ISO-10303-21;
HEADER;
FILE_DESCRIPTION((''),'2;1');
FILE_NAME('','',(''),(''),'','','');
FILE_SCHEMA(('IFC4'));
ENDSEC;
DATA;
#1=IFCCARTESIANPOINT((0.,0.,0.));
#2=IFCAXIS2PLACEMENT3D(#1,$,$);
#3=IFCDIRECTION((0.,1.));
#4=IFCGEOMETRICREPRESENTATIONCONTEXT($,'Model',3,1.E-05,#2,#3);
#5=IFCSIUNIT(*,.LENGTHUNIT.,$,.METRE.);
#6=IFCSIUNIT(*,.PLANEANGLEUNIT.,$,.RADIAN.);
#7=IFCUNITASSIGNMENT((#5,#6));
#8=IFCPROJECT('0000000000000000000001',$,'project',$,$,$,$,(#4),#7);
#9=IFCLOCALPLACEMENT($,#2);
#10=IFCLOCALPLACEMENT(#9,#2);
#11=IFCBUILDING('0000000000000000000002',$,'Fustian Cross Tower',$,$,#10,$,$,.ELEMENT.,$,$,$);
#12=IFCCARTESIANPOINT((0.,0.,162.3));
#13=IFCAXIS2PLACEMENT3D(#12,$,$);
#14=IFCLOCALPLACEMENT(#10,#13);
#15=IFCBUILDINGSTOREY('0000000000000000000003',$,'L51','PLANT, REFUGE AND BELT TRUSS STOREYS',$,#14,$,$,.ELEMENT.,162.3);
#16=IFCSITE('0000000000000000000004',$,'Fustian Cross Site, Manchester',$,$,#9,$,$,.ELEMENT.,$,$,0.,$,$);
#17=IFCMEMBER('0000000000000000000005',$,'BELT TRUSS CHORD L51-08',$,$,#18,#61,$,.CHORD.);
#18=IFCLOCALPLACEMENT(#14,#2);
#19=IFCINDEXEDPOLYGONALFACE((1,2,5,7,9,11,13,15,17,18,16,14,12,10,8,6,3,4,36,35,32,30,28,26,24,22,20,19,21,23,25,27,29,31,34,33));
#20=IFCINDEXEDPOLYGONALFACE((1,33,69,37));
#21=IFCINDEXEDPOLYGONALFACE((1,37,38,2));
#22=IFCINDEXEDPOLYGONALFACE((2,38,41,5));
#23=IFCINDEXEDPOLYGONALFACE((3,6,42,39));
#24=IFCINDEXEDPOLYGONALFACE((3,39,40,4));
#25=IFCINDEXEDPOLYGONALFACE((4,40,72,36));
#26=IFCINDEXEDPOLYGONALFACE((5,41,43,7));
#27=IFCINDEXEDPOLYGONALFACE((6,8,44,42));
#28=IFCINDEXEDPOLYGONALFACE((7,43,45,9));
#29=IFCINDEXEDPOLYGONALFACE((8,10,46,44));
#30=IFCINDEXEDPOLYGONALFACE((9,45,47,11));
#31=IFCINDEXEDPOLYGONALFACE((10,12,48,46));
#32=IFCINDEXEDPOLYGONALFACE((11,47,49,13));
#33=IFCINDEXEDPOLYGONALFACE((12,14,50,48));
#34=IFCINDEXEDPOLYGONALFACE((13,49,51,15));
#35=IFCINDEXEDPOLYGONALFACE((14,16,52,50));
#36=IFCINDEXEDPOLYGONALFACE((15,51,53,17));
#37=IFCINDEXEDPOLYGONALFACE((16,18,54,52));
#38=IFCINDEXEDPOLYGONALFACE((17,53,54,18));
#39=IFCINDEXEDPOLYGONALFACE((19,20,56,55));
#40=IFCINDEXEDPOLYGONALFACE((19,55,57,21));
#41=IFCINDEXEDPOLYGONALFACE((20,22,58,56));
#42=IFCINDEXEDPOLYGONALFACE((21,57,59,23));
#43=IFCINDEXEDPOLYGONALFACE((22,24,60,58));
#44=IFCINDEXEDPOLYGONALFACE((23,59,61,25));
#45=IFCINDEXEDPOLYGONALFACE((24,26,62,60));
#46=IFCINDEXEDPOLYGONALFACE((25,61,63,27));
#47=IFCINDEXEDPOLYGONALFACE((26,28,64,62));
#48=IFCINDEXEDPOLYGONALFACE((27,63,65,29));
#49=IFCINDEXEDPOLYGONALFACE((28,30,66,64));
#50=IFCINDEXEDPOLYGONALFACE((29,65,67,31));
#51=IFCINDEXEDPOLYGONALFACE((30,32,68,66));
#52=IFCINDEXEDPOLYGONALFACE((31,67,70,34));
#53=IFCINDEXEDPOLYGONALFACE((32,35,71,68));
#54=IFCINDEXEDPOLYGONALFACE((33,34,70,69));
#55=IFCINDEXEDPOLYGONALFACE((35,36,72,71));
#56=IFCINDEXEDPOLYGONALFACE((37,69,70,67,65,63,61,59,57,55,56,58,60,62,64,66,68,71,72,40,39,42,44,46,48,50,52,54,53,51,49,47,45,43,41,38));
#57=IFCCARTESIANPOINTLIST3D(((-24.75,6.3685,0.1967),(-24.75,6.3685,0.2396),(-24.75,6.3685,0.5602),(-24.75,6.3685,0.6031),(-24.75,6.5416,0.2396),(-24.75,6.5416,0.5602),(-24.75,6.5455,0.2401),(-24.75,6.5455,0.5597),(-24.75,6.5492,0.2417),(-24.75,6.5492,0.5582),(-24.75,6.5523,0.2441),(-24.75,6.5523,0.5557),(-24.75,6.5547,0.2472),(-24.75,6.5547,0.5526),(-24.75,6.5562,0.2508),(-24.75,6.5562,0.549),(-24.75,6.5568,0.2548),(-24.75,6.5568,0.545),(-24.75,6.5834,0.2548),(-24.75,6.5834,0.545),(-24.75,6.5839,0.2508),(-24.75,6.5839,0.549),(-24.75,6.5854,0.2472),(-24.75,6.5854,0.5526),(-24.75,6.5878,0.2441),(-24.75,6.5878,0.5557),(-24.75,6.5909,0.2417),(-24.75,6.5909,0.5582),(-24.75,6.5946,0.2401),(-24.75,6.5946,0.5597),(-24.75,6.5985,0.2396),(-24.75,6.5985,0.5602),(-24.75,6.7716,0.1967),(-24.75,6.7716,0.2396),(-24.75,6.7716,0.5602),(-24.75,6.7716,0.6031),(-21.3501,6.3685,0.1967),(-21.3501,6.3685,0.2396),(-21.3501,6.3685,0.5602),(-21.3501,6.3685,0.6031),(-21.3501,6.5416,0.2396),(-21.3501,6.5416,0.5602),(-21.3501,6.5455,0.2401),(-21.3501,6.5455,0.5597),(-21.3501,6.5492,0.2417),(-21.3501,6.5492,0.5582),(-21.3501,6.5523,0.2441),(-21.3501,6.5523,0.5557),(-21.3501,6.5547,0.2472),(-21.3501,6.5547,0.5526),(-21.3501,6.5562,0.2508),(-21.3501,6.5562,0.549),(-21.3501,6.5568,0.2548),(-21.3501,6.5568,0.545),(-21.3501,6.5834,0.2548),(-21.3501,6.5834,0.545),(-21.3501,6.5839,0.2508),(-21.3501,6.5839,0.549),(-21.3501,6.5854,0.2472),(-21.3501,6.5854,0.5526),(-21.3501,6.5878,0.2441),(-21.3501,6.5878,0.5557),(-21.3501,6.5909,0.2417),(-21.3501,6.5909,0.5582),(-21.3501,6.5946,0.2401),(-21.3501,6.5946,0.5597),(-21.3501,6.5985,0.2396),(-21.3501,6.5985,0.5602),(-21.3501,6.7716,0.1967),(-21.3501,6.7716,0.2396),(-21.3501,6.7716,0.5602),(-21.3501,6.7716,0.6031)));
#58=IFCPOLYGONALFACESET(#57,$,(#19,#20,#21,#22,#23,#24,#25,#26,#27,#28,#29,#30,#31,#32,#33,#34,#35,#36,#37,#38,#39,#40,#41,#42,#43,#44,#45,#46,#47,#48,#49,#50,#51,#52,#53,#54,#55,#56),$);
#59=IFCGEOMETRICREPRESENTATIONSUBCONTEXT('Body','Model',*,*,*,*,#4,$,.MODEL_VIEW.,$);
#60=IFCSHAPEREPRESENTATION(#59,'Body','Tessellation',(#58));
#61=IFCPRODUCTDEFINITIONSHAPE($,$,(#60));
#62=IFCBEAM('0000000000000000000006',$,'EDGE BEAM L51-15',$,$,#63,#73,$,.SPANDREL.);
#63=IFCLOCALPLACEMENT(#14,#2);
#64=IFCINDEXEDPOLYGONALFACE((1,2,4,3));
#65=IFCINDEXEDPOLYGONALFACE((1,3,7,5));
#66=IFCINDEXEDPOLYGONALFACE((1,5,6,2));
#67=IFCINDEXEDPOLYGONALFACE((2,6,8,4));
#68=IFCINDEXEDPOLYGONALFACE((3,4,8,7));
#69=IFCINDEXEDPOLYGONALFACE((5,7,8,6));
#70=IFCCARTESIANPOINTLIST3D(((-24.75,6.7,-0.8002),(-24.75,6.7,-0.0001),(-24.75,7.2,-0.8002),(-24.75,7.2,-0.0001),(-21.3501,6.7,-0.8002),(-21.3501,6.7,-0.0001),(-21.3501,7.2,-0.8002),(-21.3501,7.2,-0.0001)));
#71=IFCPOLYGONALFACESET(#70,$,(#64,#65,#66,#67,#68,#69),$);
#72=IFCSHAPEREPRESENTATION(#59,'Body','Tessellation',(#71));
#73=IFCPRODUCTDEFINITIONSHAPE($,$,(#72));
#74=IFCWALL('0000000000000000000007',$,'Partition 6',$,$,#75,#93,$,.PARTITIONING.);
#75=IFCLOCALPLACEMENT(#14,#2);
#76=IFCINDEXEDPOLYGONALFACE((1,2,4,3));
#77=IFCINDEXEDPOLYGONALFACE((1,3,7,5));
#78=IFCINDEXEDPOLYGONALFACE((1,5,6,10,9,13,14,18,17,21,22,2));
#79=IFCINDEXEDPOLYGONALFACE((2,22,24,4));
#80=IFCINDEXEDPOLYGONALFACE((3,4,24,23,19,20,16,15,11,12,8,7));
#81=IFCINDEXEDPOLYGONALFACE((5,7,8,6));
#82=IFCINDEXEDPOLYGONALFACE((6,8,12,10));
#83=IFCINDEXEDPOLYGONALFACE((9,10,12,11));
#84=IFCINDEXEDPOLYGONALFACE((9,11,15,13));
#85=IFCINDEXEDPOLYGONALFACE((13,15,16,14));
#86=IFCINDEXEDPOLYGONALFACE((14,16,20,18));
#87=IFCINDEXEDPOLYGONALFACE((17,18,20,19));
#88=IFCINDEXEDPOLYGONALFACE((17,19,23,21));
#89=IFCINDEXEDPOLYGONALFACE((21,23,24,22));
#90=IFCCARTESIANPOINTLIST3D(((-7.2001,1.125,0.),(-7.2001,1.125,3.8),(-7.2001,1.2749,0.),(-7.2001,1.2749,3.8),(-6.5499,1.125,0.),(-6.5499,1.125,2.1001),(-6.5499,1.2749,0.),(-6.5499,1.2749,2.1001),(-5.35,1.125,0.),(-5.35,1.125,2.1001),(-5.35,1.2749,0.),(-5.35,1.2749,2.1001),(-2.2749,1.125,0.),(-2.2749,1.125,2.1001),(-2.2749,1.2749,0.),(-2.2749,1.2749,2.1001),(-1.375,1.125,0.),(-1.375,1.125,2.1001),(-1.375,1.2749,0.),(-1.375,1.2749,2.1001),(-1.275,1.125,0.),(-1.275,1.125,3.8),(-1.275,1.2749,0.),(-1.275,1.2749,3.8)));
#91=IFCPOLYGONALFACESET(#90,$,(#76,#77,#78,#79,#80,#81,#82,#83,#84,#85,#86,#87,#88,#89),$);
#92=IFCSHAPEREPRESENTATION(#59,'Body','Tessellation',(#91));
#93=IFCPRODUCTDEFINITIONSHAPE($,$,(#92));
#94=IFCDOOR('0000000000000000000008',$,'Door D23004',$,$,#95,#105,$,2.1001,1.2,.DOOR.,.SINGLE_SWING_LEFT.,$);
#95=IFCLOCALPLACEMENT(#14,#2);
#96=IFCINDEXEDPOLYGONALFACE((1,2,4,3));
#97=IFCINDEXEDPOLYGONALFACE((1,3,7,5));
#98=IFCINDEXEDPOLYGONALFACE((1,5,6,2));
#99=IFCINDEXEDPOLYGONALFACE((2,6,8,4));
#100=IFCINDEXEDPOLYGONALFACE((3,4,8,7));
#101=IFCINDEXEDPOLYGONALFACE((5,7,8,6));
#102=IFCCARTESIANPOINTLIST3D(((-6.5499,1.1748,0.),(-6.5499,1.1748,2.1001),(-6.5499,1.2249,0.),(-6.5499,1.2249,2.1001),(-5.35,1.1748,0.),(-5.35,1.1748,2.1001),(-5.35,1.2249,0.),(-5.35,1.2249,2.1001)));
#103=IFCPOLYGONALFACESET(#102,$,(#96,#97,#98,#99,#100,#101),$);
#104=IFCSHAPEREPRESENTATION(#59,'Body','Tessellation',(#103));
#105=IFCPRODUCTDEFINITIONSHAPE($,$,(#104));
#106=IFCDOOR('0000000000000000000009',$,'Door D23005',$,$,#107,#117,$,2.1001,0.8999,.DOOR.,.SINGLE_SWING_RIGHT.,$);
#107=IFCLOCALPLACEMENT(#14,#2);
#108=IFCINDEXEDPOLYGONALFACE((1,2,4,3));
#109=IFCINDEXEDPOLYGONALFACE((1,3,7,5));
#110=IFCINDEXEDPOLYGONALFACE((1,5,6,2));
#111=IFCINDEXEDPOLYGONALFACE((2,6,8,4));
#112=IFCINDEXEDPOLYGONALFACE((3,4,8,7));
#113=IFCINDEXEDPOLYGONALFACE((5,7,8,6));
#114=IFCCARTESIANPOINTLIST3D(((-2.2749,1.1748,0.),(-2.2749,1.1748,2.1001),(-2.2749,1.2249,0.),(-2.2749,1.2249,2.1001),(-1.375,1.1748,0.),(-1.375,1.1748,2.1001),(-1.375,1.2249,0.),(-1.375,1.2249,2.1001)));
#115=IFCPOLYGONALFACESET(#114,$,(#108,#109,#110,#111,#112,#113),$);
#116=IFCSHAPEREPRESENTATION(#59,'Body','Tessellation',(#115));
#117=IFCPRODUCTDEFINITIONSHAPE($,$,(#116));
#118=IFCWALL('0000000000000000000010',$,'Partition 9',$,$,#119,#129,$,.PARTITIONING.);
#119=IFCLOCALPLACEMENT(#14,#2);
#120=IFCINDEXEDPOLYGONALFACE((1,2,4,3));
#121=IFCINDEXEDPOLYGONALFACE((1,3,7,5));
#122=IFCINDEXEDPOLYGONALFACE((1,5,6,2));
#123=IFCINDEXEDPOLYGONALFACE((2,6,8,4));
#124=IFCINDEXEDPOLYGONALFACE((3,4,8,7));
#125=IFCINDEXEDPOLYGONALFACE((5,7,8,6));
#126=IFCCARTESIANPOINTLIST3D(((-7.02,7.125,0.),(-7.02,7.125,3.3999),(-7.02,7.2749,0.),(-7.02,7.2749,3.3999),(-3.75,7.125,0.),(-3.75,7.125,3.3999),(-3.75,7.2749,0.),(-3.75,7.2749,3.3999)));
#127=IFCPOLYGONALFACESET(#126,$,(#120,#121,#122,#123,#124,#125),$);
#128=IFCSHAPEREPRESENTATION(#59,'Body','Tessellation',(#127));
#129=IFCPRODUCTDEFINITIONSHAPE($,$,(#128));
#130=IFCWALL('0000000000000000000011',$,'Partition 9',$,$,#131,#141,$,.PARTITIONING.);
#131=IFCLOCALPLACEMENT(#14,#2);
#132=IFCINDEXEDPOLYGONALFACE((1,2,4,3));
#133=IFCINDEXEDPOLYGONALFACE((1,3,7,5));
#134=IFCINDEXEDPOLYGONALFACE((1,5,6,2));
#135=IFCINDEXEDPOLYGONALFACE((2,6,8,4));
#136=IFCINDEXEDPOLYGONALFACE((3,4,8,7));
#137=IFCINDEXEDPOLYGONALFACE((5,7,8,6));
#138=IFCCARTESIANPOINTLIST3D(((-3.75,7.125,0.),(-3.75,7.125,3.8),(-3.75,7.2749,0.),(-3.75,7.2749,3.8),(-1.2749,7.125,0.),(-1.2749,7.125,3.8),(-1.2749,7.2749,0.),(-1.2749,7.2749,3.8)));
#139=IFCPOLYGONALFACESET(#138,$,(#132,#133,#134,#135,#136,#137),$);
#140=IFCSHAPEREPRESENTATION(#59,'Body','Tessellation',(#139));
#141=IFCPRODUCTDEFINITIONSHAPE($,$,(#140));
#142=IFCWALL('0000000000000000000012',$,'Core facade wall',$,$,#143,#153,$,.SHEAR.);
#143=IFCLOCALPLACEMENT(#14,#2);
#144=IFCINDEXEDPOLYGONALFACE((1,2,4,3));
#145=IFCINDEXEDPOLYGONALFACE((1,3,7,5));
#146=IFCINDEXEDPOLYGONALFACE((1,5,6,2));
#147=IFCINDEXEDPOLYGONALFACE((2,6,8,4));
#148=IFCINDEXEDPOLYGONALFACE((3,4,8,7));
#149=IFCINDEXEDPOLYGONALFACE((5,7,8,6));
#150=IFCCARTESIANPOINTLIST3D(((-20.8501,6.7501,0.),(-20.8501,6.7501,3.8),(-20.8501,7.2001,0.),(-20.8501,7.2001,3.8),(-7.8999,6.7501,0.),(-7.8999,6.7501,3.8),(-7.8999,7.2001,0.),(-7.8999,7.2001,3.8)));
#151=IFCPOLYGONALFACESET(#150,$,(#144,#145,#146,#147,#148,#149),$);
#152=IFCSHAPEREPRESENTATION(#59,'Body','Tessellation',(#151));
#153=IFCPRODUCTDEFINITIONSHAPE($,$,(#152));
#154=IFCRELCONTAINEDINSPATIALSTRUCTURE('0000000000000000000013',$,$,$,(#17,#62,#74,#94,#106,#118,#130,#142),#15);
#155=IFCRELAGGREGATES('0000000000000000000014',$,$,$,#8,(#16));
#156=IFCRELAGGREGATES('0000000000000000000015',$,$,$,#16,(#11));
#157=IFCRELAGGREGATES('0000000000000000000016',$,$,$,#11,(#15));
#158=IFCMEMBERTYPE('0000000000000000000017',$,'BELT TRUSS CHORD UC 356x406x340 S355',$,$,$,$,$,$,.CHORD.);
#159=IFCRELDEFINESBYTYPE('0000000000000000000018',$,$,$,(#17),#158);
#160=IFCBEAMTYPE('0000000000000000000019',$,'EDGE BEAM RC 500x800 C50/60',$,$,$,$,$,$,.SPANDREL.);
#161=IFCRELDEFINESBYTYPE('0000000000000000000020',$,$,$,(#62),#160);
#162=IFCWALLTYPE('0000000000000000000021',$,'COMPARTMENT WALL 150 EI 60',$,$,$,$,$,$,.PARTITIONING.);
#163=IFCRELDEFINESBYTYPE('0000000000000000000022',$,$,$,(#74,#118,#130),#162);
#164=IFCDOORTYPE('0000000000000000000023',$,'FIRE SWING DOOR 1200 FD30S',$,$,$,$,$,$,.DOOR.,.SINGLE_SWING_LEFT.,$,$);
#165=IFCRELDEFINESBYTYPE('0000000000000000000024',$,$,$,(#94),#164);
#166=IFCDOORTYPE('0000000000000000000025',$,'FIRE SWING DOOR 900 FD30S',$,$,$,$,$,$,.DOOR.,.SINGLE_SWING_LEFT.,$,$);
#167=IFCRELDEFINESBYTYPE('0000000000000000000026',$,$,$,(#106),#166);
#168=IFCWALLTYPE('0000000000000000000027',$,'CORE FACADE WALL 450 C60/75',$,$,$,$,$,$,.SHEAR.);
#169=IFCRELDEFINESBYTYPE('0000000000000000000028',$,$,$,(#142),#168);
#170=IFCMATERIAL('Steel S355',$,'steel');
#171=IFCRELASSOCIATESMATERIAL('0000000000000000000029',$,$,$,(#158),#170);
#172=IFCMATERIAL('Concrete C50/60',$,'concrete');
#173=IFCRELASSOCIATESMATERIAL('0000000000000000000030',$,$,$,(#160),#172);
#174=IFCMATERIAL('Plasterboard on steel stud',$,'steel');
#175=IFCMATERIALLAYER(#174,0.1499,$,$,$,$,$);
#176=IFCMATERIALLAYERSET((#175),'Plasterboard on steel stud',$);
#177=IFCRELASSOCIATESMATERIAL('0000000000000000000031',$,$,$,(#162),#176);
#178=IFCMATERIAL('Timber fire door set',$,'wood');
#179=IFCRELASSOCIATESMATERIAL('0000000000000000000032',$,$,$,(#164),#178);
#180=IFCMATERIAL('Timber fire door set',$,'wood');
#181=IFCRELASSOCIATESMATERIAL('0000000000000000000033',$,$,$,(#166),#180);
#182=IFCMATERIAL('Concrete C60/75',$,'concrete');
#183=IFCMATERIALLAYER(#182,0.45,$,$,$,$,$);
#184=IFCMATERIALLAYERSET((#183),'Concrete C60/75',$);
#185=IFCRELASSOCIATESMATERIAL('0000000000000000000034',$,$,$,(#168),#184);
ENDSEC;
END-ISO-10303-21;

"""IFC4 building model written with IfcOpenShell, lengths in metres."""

from ifc_helpers import new_model, si_unit, direction, frame, frame_2d, origin, origin_2d, place, context, subcontext, project, spatial, rectangle, i_section, extrude, material, layer, layer_set, material_profile, profile_set, type_object, element, fill, save


model = new_model("IFC4")

# Units and contexts
model_context = context("Model", 3, precision=1e-05, world=origin(), true_north=direction((0.0, 1.0)))
body_context = subcontext(model_context, "Body", "Model", "MODEL_VIEW")
ifc_project = project(units=[si_unit("LENGTHUNIT", "METRE"), si_unit("PLANEANGLEUNIT", "RADIAN")], contexts=[model_context])

# Site, building, storey
site_placement = place(None, origin())
site = spatial("IfcSite", under=ifc_project, at=site_placement, Name="Fustian Cross Site, Manchester", CompositionType="ELEMENT", RefElevation=0.0)
building_placement = place(site_placement, origin())
building = spatial("IfcBuilding", under=site, at=building_placement, Name="Fustian Cross Tower", CompositionType="ELEMENT")
storey_placement = place(building_placement, frame((0.0, 0.0, 162.3)))
storey = spatial("IfcBuildingStorey", under=building, at=storey_placement, Name="L51", Description="PLANT, REFUGE AND BELT TRUSS STOREYS", CompositionType="ELEMENT", Elevation=162.3)

# Member
ifc_material_1 = material(Name="Steel S355", Category="steel")
ifc_material_profile_1 = material_profile(ifc_material_1, i_section(OverallWidth=0.4031, OverallDepth=0.4065, WebThickness=0.0266, FlangeThickness=0.043, FilletRadius=0.0151, at=origin_2d()), Name="UC 356x406x340")
ifc_profile_set_1 = profile_set([ifc_material_profile_1], Name="Steel S355")
member_type_1 = type_object("IfcMemberType", Name="BELT TRUSS CHORD UC 356x406x340 S355", PredefinedType="CHORD", material=ifc_profile_set_1)
for number, where, z_axis, x_axis, name in (
    (1, (-21.3501, 6.5701, 0.3999), (-1.0, 0.0, 0.0), (0.0, -1.0, 0.0), "BELT TRUSS CHORD L51-08"),
):
    element("IfcMember", number, at=place(storey_placement, frame(where, z_axis=z_axis, x_axis=x_axis)), inside=storey, type_object=member_type_1, Name=name, PredefinedType="CHORD", context=body_context, shape_type="SweptSolid", body=[
        extrude(i_section(OverallWidth=0.4031, OverallDepth=0.4065, WebThickness=0.0266, FlangeThickness=0.043, FilletRadius=0.0151, at=origin_2d()), origin(), (0.0, 0.0, 1.0), 3.3999),
    ])

# Beam
ifc_material_2 = material(Name="Concrete C50/60", Category="concrete")
ifc_material_profile_2 = material_profile(ifc_material_2, rectangle(XDim=0.5, YDim=0.8, at=origin_2d()), Name="RC 500x800")
ifc_profile_set_2 = profile_set([ifc_material_profile_2], Name="Concrete C50/60")
beam_type = type_object("IfcBeamType", Name="EDGE BEAM RC 500x800 C50/60", PredefinedType="SPANDREL", material=ifc_profile_set_2)
beam_placement = place(storey_placement, frame((-21.3501, 6.95, -0.4001), z_axis=(-1.0, 0.0, 0.0), x_axis=(0.0, -1.0, 0.0)))
element("IfcBeam", 2, at=beam_placement, inside=storey, type_object=beam_type, Name="EDGE BEAM L51-15", PredefinedType="SPANDREL", context=body_context, shape_type="SweptSolid", body=[
    extrude(rectangle(XDim=0.5, YDim=0.8, at=origin_2d()), origin(), (0.0, 0.0, 1.0), 3.3999),
])

# Wall, openings, doors
ifc_material_3 = material(Name="Plasterboard on steel stud", Category="steel")
ifc_layer_1 = layer(ifc_material_3, 0.1499)
ifc_layer_set_1 = layer_set([ifc_layer_1], Name="Plasterboard on steel stud")
wall_type_1 = type_object("IfcWallType", Name="COMPARTMENT WALL 150 EI 60", PredefinedType="PARTITIONING", material=ifc_layer_set_1)
wall_1_placement = place(storey_placement, frame((-7.2, 1.2, 0.0), z_axis=(0.0, 0.0, 1.0), x_axis=(1.0, 0.0, 0.0)))
wall_1 = element("IfcWall", 3, at=wall_1_placement, inside=storey, type_object=wall_type_1, Name="Partition 6", PredefinedType="PARTITIONING", context=body_context, shape_type="SweptSolid", body=[
    extrude(rectangle(XDim=5.925, YDim=0.1499, at=frame_2d((2.9624, 0.0))), origin(), (0.0, 0.0, 1.0), 3.8),
])
opening_1_placement = place(wall_1_placement, frame((0.6499, 0.0, 0.0)))
opening_1 = element("IfcOpeningElement", 4, at=opening_1_placement, cuts=wall_1, PredefinedType="OPENING", context=body_context, shape_type="SweptSolid", body=[
    extrude(rectangle(XDim=1.2, YDim=2.1001, at=frame_2d((0.6001, 1.05))), frame((0.0, 0.085, 0.0), z_axis=(0.0, -1.0, 0.0), x_axis=(1.0, 0.0, 0.0)), (0.0, 0.0, 1.0), 0.1699),
])
opening_2_placement = place(wall_1_placement, frame((4.925, 0.0, 0.0)))
opening_2 = element("IfcOpeningElement", 5, at=opening_2_placement, cuts=wall_1, PredefinedType="OPENING", context=body_context, shape_type="SweptSolid", body=[
    extrude(rectangle(XDim=0.8999, YDim=2.1001, at=frame_2d((0.45, 1.05))), frame((0.0, 0.085, 0.0), z_axis=(0.0, -1.0, 0.0), x_axis=(1.0, 0.0, 0.0)), (0.0, 0.0, 1.0), 0.1699),
])
ifc_material_4 = material(Name="Timber fire door set", Category="wood")
door_type_1 = type_object("IfcDoorType", Name="FIRE SWING DOOR 1200 FD30S", OperationType="SINGLE_SWING_LEFT", PredefinedType="DOOR", material=ifc_material_4)
door_1_placement = place(opening_1_placement, origin())
door_1 = element("IfcDoor", 6, at=door_1_placement, inside=storey, type_object=door_type_1, Name="Door D23004", OperationType="SINGLE_SWING_LEFT", OverallHeight=2.1001, OverallWidth=1.2, PredefinedType="DOOR", context=body_context, shape_type="SweptSolid", body=[
    extrude(rectangle(XDim=1.2, YDim=2.1001, at=frame_2d((0.6001, 1.05))), frame((0.0, 0.0249, 0.0), z_axis=(0.0, -1.0, 0.0), x_axis=(1.0, 0.0, 0.0)), (0.0, 0.0, 1.0), 0.05),
])
fill(opening_1, door_1)
ifc_material_5 = material(Name="Timber fire door set", Category="wood")
door_type_2 = type_object("IfcDoorType", Name="FIRE SWING DOOR 900 FD30S", OperationType="SINGLE_SWING_LEFT", PredefinedType="DOOR", material=ifc_material_5)
door_2_placement = place(opening_2_placement, origin())
door_2 = element("IfcDoor", 7, at=door_2_placement, inside=storey, type_object=door_type_2, Name="Door D23005", OperationType="SINGLE_SWING_RIGHT", OverallHeight=2.1001, OverallWidth=0.8999, PredefinedType="DOOR", context=body_context, shape_type="SweptSolid", body=[
    extrude(rectangle(XDim=0.8999, YDim=2.1001, at=frame_2d((0.45, 1.05))), frame((0.0, 0.0249, 0.0), z_axis=(0.0, -1.0, 0.0), x_axis=(1.0, 0.0, 0.0)), (0.0, 0.0, 1.0), 0.05),
])
fill(opening_2, door_2)

# Walls
wall_2_placement = place(storey_placement, frame((-7.02, 7.2, 0.0), z_axis=(0.0, 0.0, 1.0), x_axis=(1.0, 0.0, 0.0)))
element("IfcWall", 8, at=wall_2_placement, inside=storey, type_object=wall_type_1, Name="Partition 9", PredefinedType="PARTITIONING", context=body_context, shape_type="SweptSolid", body=[
    extrude(rectangle(XDim=3.27, YDim=0.1499, at=frame_2d((1.635, 0.0))), origin(), (0.0, 0.0, 1.0), 3.3999),
])
wall_3_placement = place(storey_placement, frame((-3.75, 7.2, 0.0), z_axis=(0.0, 0.0, 1.0), x_axis=(1.0, 0.0, 0.0)))
element("IfcWall", 9, at=wall_3_placement, inside=storey, type_object=wall_type_1, Name="Partition 9", PredefinedType="PARTITIONING", context=body_context, shape_type="SweptSolid", body=[
    extrude(rectangle(XDim=2.4751, YDim=0.1499, at=frame_2d((1.2375, 0.0))), origin(), (0.0, 0.0, 1.0), 3.8),
])
ifc_material_6 = material(Name="Concrete C60/75", Category="concrete")
ifc_layer_2 = layer(ifc_material_6, 0.45)
ifc_layer_set_2 = layer_set([ifc_layer_2], Name="Concrete C60/75")
wall_type_2 = type_object("IfcWallType", Name="CORE FACADE WALL 450 C60/75", PredefinedType="SHEAR", material=ifc_layer_set_2)
wall_4_placement = place(storey_placement, frame((-7.8999, 6.9751, 0.0), z_axis=(0.0, 0.0, 1.0), x_axis=(-1.0, 0.0, 0.0)))
element("IfcWall", 10, at=wall_4_placement, inside=storey, type_object=wall_type_2, Name="Core facade wall", PredefinedType="SHEAR", context=body_context, shape_type="SweptSolid", body=[
    extrude(rectangle(XDim=12.9502, YDim=0.45, at=frame_2d((6.4751, 0.0))), origin(), (0.0, 0.0, 1.0), 3.8),
])

save(model, "model.ifc")
